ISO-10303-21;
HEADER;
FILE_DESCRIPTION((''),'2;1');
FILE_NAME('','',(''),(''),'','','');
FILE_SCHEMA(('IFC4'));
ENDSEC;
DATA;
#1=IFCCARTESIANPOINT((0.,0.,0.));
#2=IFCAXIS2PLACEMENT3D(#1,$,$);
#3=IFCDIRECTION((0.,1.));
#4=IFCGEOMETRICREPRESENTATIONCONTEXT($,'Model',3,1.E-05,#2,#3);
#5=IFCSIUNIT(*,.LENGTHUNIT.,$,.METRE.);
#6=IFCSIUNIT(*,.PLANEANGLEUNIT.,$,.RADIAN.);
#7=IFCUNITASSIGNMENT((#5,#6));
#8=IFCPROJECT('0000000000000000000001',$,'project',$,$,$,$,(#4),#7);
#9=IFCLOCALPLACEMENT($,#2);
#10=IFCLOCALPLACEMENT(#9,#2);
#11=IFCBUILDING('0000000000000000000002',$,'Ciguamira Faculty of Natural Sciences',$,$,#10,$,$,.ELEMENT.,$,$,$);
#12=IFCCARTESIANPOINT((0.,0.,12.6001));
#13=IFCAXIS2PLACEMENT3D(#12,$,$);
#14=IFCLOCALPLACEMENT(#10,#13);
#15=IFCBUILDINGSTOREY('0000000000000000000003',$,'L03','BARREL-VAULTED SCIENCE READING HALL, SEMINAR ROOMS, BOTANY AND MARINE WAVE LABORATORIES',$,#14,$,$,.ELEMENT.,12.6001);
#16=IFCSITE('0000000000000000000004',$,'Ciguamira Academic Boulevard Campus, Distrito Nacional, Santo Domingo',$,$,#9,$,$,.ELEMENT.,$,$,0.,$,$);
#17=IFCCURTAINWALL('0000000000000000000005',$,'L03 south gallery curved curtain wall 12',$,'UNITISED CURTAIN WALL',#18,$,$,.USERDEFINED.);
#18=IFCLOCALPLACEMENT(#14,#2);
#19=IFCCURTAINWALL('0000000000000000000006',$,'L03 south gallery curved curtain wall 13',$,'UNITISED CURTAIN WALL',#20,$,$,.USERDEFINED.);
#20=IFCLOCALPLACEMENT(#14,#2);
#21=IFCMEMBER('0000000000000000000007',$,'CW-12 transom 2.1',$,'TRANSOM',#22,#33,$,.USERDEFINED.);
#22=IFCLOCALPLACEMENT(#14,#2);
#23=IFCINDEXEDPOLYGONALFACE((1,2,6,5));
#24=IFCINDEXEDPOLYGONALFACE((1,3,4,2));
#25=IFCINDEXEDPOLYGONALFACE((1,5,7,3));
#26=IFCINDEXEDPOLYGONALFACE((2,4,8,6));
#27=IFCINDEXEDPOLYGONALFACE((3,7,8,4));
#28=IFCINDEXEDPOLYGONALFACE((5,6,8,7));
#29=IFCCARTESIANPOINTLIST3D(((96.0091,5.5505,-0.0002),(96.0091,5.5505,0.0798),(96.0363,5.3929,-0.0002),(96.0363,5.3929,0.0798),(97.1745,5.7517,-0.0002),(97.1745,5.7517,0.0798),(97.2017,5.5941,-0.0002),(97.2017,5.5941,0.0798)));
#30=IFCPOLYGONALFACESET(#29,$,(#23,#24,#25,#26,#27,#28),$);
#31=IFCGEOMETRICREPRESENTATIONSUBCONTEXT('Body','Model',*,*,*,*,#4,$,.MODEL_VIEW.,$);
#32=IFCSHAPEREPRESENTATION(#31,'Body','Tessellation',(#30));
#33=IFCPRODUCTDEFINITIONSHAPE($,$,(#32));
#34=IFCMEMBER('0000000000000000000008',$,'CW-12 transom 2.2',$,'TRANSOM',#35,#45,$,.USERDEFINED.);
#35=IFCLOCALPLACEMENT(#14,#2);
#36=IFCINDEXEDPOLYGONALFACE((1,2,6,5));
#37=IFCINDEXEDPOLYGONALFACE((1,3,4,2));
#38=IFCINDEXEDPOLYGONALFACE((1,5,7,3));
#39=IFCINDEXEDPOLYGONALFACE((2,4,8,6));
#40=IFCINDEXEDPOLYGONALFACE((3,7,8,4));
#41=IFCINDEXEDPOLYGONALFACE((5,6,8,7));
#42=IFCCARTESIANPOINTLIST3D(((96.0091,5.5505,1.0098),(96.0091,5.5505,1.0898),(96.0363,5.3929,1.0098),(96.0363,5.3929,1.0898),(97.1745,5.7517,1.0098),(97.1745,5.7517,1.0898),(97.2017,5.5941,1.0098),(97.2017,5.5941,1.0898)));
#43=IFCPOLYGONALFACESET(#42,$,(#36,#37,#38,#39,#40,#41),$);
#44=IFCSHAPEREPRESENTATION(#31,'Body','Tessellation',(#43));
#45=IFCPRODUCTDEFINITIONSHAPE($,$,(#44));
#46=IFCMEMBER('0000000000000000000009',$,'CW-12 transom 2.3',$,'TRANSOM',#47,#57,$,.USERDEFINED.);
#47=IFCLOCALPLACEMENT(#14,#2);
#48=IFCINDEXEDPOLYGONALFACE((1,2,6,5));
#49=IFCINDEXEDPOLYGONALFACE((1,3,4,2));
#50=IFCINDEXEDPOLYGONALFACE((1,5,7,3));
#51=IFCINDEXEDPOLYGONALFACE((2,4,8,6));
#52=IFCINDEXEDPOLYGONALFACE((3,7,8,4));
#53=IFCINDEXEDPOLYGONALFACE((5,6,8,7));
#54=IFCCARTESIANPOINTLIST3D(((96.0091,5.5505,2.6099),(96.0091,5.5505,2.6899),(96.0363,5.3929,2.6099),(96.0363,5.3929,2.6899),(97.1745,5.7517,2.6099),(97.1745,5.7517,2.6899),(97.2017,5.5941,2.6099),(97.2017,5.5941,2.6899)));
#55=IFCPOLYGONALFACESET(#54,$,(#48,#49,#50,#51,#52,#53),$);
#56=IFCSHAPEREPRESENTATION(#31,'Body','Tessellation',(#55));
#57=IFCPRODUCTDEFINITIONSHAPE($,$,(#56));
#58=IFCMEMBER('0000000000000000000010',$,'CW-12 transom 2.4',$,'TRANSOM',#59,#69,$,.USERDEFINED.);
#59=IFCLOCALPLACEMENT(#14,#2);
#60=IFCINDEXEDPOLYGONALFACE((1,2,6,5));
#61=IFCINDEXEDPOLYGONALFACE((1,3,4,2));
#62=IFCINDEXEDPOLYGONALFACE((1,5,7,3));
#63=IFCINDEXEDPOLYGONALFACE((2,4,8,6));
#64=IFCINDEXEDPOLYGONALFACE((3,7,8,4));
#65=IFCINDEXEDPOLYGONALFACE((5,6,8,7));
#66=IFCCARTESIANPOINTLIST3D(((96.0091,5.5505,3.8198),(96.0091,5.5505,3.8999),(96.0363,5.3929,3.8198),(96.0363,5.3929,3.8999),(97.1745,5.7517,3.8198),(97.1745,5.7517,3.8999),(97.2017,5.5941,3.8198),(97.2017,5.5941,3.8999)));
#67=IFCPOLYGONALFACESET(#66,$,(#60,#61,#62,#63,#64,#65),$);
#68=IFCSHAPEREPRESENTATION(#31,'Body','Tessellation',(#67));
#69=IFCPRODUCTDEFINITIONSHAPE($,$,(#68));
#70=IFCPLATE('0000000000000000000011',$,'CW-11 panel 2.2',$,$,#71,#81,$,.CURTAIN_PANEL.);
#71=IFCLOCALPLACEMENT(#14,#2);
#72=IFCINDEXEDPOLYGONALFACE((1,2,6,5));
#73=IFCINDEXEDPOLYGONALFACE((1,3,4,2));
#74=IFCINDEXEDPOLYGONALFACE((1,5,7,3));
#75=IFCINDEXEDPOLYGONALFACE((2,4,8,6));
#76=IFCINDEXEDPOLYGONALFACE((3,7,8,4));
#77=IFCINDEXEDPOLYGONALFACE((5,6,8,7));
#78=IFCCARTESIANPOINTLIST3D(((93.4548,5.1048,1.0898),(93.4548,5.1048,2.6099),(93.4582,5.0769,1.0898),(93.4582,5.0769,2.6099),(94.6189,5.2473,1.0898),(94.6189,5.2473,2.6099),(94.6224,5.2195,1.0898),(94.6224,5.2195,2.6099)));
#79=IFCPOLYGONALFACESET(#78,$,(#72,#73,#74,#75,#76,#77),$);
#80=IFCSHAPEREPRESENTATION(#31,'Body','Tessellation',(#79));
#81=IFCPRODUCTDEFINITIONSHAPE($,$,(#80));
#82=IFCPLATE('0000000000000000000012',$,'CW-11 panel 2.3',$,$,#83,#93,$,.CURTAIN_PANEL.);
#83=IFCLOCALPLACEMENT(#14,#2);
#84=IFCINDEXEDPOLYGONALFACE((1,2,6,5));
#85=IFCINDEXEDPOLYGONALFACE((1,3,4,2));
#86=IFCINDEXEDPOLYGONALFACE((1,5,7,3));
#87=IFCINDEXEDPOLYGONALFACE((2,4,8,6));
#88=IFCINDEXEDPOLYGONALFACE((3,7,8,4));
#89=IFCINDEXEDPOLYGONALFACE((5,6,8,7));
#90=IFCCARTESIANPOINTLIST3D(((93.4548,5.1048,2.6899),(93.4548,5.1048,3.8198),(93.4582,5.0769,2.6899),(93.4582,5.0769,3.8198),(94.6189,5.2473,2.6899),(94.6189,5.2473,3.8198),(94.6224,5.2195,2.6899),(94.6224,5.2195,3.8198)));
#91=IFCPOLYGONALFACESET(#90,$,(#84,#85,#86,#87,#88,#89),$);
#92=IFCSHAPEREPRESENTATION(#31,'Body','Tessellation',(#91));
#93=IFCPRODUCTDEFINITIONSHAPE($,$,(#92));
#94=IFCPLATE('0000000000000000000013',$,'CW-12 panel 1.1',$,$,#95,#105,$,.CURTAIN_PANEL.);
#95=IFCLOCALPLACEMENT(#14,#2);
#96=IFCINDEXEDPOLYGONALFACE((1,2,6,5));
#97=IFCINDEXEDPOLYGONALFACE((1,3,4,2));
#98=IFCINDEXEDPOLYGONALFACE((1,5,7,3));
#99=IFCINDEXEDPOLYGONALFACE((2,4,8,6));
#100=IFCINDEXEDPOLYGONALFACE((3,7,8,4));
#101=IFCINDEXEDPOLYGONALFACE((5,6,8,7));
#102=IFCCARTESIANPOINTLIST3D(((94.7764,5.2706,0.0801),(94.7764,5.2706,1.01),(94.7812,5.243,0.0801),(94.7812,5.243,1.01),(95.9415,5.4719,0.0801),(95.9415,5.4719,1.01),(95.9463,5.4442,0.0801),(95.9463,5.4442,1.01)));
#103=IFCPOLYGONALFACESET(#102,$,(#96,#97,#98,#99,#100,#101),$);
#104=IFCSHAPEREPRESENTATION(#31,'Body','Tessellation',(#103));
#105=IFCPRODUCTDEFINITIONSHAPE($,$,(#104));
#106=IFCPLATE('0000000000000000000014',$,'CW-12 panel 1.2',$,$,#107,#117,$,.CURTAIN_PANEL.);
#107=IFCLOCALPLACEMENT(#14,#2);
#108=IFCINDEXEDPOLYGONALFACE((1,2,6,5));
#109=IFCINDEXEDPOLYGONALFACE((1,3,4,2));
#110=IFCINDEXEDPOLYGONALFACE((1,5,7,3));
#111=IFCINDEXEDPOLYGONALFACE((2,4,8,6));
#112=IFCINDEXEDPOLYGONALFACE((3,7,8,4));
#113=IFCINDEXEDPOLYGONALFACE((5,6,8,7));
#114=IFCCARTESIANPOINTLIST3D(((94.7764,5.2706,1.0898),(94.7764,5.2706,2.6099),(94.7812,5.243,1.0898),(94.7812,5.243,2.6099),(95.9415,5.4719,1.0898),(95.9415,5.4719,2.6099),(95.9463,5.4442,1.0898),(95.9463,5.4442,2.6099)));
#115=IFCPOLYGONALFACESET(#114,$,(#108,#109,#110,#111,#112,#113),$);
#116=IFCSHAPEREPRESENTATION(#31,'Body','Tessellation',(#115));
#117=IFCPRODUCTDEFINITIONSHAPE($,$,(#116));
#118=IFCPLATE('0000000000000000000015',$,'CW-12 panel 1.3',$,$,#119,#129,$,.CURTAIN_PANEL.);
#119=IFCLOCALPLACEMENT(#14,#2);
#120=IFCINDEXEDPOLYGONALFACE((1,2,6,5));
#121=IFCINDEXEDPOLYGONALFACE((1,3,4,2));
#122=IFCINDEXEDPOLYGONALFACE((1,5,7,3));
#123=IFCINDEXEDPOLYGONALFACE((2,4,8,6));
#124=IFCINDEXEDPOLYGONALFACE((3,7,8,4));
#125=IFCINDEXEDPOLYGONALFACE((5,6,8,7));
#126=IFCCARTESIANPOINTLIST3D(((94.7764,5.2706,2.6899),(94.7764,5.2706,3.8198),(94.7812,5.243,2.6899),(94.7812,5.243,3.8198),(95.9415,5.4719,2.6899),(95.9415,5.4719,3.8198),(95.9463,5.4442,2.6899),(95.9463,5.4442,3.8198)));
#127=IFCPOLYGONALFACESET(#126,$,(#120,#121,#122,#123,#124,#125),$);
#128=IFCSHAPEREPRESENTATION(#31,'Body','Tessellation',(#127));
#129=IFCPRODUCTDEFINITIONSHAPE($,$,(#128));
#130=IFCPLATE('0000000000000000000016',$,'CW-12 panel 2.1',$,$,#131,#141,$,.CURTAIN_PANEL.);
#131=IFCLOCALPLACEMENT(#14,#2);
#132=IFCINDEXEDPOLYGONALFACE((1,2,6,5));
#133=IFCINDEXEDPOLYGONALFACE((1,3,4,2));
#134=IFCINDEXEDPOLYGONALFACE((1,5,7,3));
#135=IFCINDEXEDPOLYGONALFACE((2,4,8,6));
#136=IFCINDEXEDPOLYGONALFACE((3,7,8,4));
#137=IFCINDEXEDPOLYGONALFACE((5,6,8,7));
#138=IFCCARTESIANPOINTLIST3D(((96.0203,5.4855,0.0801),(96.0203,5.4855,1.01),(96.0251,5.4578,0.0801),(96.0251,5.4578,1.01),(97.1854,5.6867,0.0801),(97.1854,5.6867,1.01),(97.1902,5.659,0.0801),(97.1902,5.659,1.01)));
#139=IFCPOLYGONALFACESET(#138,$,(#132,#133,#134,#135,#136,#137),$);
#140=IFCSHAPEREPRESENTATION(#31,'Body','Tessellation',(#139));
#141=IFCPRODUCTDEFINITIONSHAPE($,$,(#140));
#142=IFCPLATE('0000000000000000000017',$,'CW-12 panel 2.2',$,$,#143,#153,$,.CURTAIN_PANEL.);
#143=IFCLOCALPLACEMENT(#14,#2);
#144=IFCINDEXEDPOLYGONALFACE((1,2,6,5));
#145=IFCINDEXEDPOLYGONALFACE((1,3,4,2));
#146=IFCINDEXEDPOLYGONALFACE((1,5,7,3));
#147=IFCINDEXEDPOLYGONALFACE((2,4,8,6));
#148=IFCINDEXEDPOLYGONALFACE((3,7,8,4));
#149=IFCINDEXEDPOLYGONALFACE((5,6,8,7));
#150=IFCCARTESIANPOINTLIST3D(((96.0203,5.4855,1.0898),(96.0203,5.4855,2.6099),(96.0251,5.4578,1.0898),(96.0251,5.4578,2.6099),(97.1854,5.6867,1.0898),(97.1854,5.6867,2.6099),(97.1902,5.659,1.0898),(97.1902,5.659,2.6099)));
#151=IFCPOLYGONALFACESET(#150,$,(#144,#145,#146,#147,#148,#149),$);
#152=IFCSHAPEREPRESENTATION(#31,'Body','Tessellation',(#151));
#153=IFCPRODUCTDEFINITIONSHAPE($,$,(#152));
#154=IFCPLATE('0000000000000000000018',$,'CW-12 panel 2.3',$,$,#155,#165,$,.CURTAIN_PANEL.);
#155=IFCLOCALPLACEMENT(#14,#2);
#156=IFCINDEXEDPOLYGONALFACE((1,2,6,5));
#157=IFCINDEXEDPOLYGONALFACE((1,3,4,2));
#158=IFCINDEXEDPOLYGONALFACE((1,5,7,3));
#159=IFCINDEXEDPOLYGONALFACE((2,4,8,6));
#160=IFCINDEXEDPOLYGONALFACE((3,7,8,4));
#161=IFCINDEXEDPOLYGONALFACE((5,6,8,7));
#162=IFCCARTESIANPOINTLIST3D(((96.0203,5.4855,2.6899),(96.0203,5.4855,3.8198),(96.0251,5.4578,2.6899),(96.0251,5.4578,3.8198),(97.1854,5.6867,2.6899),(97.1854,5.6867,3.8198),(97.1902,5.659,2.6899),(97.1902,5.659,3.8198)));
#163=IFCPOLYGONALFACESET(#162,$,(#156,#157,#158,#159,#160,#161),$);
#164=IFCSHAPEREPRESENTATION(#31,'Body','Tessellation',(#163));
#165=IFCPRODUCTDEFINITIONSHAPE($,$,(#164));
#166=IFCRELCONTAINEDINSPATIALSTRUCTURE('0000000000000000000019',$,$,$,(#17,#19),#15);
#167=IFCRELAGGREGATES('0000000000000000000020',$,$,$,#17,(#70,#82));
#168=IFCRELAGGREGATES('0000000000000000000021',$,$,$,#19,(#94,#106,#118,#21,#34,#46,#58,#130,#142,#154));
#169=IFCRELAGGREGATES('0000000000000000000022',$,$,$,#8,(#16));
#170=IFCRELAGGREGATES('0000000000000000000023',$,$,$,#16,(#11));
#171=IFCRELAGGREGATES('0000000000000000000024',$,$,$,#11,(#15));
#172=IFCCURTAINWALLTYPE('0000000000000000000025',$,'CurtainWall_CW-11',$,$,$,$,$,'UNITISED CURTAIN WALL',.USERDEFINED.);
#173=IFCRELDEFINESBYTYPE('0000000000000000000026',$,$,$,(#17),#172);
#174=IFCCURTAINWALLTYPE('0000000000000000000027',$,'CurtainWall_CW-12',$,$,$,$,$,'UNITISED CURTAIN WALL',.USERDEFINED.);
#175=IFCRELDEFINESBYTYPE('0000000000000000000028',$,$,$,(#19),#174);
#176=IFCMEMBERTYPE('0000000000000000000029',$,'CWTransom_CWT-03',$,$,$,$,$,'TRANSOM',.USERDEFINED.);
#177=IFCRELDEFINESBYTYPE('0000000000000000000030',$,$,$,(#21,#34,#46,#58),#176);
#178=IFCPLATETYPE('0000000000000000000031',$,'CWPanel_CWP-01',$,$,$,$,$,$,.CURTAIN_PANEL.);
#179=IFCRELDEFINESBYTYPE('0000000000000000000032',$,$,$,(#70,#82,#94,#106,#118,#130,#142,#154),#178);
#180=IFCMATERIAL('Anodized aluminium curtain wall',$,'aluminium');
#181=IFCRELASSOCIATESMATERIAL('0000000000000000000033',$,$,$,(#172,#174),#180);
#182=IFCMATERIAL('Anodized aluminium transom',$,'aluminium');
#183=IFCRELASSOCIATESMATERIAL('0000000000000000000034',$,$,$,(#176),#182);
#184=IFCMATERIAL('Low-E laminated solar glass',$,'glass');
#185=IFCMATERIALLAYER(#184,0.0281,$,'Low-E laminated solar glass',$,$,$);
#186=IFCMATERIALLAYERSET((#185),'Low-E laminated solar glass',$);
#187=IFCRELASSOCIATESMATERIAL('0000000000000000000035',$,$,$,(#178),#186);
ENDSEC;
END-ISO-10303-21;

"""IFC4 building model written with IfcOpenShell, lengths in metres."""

from ifc_helpers import new_model, si_unit, direction, frame, origin, origin_2d, place, context, subcontext, project, spatial, rectangle, extrude, material, layer, layer_set, material_profile, profile_set, type_object, element, aggregate, save


model = new_model("IFC4")

# Units and contexts
model_context = context("Model", 3, precision=1e-05, world=origin(), true_north=direction((0.0, 1.0)))
body_context = subcontext(model_context, "Body", "Model", "MODEL_VIEW")
ifc_project = project(units=[si_unit("LENGTHUNIT", "METRE"), si_unit("PLANEANGLEUNIT", "RADIAN")], contexts=[model_context])

# Site, building, storey
site_placement = place(None, origin())
site = spatial("IfcSite", under=ifc_project, at=site_placement, Name="Ciguamira Academic Boulevard Campus, Distrito Nacional, Santo Domingo", CompositionType="ELEMENT", RefElevation=0.0)
building_placement = place(site_placement, origin())
building = spatial("IfcBuilding", under=site, at=building_placement, Name="Ciguamira Faculty of Natural Sciences", CompositionType="ELEMENT")
storey_placement = place(building_placement, frame((0.0, 0.0, 12.6001)))
storey = spatial("IfcBuildingStorey", under=building, at=storey_placement, Name="L03", Description="BARREL-VAULTED SCIENCE READING HALL, SEMINAR ROOMS, BOTANY AND MARINE WAVE LABORATORIES", CompositionType="ELEMENT", Elevation=12.6001)

# Curtain wall
ifc_material_1 = material(Name="Anodized aluminium curtain wall", Category="aluminium")
curtain_wall_type_1 = type_object("IfcCurtainWallType", Name="CurtainWall_CW-11", ElementType="UNITISED CURTAIN WALL", PredefinedType="USERDEFINED", material=ifc_material_1)
curtain_wall_1_placement = place(storey_placement, origin())
curtain_wall_1 = element("IfcCurtainWall", 1, at=curtain_wall_1_placement, inside=storey, type_object=curtain_wall_type_1, Name="L03 south gallery curved curtain wall 12", ObjectType="UNITISED CURTAIN WALL", PredefinedType="USERDEFINED")

# Curtain wall, members
curtain_wall_type_2 = type_object("IfcCurtainWallType", Name="CurtainWall_CW-12", ElementType="UNITISED CURTAIN WALL", PredefinedType="USERDEFINED", material=ifc_material_1)
curtain_wall_2_placement = place(storey_placement, origin())
curtain_wall_2 = element("IfcCurtainWall", 2, at=curtain_wall_2_placement, inside=storey, type_object=curtain_wall_type_2, Name="L03 south gallery curved curtain wall 13", ObjectType="UNITISED CURTAIN WALL", PredefinedType="USERDEFINED")
ifc_material_2 = material(Name="Anodized aluminium transom", Category="aluminium")
ifc_material_profile_1 = material_profile(ifc_material_2, rectangle(XDim=0.0801, YDim=0.1599, at=origin_2d()), Name="ALU-TRN-80X160")
ifc_profile_set_1 = profile_set([ifc_material_profile_1], Name="Anodized aluminium transom")
member_type_1 = type_object("IfcMemberType", Name="CWTransom_CWT-03", ElementType="TRANSOM", PredefinedType="USERDEFINED", material=ifc_profile_set_1)
member_1_placement = place(storey_placement, frame((96.0227, 5.4717, 0.0398), z_axis=(0.985423, 0.170121, 0.0), x_axis=(0.0, 0.0, 1.0)))
member_1 = element("IfcMember", 3, at=member_1_placement, type_object=member_type_1, Name="CW-12 transom 2.1", ObjectType="TRANSOM", PredefinedType="USERDEFINED", context=body_context, shape_type="SweptSolid", body=[
    extrude(rectangle(XDim=0.0801, YDim=0.1599, at=origin_2d()), origin(), (0.0, 0.0, 1.0), 1.1826),
])
member_2_placement = place(storey_placement, frame((96.0227, 5.4717, 1.0498), z_axis=(0.985423, 0.170121, 0.0), x_axis=(0.0, 0.0, 1.0)))
member_2 = element("IfcMember", 4, at=member_2_placement, type_object=member_type_1, Name="CW-12 transom 2.2", ObjectType="TRANSOM", PredefinedType="USERDEFINED", context=body_context, shape_type="SweptSolid", body=[
    extrude(rectangle(XDim=0.0801, YDim=0.1599, at=origin_2d()), origin(), (0.0, 0.0, 1.0), 1.1826),
])
member_3_placement = place(storey_placement, frame((96.0227, 5.4717, 2.6499), z_axis=(0.985423, 0.170121, 0.0), x_axis=(0.0, 0.0, 1.0)))
member_3 = element("IfcMember", 5, at=member_3_placement, type_object=member_type_1, Name="CW-12 transom 2.3", ObjectType="TRANSOM", PredefinedType="USERDEFINED", context=body_context, shape_type="SweptSolid", body=[
    extrude(rectangle(XDim=0.0801, YDim=0.1599, at=origin_2d()), origin(), (0.0, 0.0, 1.0), 1.1826),
])
member_4_placement = place(storey_placement, frame((96.0227, 5.4717, 3.8599), z_axis=(0.985423, 0.170121, 0.0), x_axis=(0.0, 0.0, 1.0)))
member_4 = element("IfcMember", 6, at=member_4_placement, type_object=member_type_1, Name="CW-12 transom 2.4", ObjectType="TRANSOM", PredefinedType="USERDEFINED", context=body_context, shape_type="SweptSolid", body=[
    extrude(rectangle(XDim=0.0801, YDim=0.1599, at=origin_2d()), origin(), (0.0, 0.0, 1.0), 1.1826),
])

# Plates
ifc_material_3 = material(Name="Low-E laminated solar glass", Category="glass")
ifc_layer = layer(ifc_material_3, 0.0281, Name="Low-E laminated solar glass")
ifc_layer_set = layer_set([ifc_layer], Name="Low-E laminated solar glass")
plate_type = type_object("IfcPlateType", Name="CWPanel_CWP-01", PredefinedType="CURTAIN_PANEL", material=ifc_layer_set)
plate_1_placement = place(storey_placement, frame((94.0386, 5.1621, 1.0898), z_axis=(0.0, 0.0, 1.0), x_axis=(0.992586, 0.121545, 0.0)))
plate_1 = element("IfcPlate", 7, at=plate_1_placement, type_object=plate_type, Name="CW-11 panel 2.2", PredefinedType="CURTAIN_PANEL", context=body_context, shape_type="SweptSolid", body=[
    extrude(rectangle(XDim=1.1729, YDim=0.0281, at=origin_2d()), origin(), (0.0, 0.0, 1.0), 1.52),
])
plate_2_placement = place(storey_placement, frame((94.0386, 5.1621, 2.6899), z_axis=(0.0, 0.0, 1.0), x_axis=(0.992586, 0.121545, 0.0)))
plate_2 = element("IfcPlate", 8, at=plate_2_placement, type_object=plate_type, Name="CW-11 panel 2.3", PredefinedType="CURTAIN_PANEL", context=body_context, shape_type="SweptSolid", body=[
    extrude(rectangle(XDim=1.1729, YDim=0.0281, at=origin_2d()), origin(), (0.0, 0.0, 1.0), 1.1299),
])
aggregate(curtain_wall_1, [plate_1, plate_2])
plate_3_placement = place(storey_placement, frame((95.3613, 5.3574, 0.0801), z_axis=(0.0, 0.0, 1.0), x_axis=(0.985411, 0.170192, 0.0)))
plate_3 = element("IfcPlate", 9, at=plate_3_placement, type_object=plate_type, Name="CW-12 panel 1.1", PredefinedType="CURTAIN_PANEL", context=body_context, shape_type="SweptSolid", body=[
    extrude(rectangle(XDim=1.1824, YDim=0.0281, at=origin_2d()), origin(), (0.0, 0.0, 1.0), 0.9299),
])
plate_4_placement = place(storey_placement, frame((95.3613, 5.3574, 1.0898), z_axis=(0.0, 0.0, 1.0), x_axis=(0.985411, 0.170192, 0.0)))
plate_4 = element("IfcPlate", 10, at=plate_4_placement, type_object=plate_type, Name="CW-12 panel 1.2", PredefinedType="CURTAIN_PANEL", context=body_context, shape_type="SweptSolid", body=[
    extrude(rectangle(XDim=1.1824, YDim=0.0281, at=origin_2d()), origin(), (0.0, 0.0, 1.0), 1.52),
])
plate_5_placement = place(storey_placement, frame((95.3613, 5.3574, 2.6899), z_axis=(0.0, 0.0, 1.0), x_axis=(0.985411, 0.170192, 0.0)))
plate_5 = element("IfcPlate", 11, at=plate_5_placement, type_object=plate_type, Name="CW-12 panel 1.3", PredefinedType="CURTAIN_PANEL", context=body_context, shape_type="SweptSolid", body=[
    extrude(rectangle(XDim=1.1824, YDim=0.0281, at=origin_2d()), origin(), (0.0, 0.0, 1.0), 1.1299),
])
plate_6_placement = place(storey_placement, frame((96.6052, 5.5723, 0.0801), z_axis=(0.0, 0.0, 1.0), x_axis=(0.985411, 0.170192, 0.0)))
plate_6 = element("IfcPlate", 12, at=plate_6_placement, type_object=plate_type, Name="CW-12 panel 2.1", PredefinedType="CURTAIN_PANEL", context=body_context, shape_type="SweptSolid", body=[
    extrude(rectangle(XDim=1.1824, YDim=0.0281, at=origin_2d()), origin(), (0.0, 0.0, 1.0), 0.9299),
])
plate_7_placement = place(storey_placement, frame((96.6052, 5.5723, 1.0898), z_axis=(0.0, 0.0, 1.0), x_axis=(0.985411, 0.170192, 0.0)))
plate_7 = element("IfcPlate", 13, at=plate_7_placement, type_object=plate_type, Name="CW-12 panel 2.2", PredefinedType="CURTAIN_PANEL", context=body_context, shape_type="SweptSolid", body=[
    extrude(rectangle(XDim=1.1824, YDim=0.0281, at=origin_2d()), origin(), (0.0, 0.0, 1.0), 1.52),
])
plate_8_placement = place(storey_placement, frame((96.6052, 5.5723, 2.6899), z_axis=(0.0, 0.0, 1.0), x_axis=(0.985411, 0.170192, 0.0)))
plate_8 = element("IfcPlate", 14, at=plate_8_placement, type_object=plate_type, Name="CW-12 panel 2.3", PredefinedType="CURTAIN_PANEL", context=body_context, shape_type="SweptSolid", body=[
    extrude(rectangle(XDim=1.1824, YDim=0.0281, at=origin_2d()), origin(), (0.0, 0.0, 1.0), 1.1299),
])
aggregate(curtain_wall_2, [plate_3, plate_4, plate_5, member_1, member_2, member_3, member_4, plate_6, plate_7, plate_8])

save(model, "model.ifc")
